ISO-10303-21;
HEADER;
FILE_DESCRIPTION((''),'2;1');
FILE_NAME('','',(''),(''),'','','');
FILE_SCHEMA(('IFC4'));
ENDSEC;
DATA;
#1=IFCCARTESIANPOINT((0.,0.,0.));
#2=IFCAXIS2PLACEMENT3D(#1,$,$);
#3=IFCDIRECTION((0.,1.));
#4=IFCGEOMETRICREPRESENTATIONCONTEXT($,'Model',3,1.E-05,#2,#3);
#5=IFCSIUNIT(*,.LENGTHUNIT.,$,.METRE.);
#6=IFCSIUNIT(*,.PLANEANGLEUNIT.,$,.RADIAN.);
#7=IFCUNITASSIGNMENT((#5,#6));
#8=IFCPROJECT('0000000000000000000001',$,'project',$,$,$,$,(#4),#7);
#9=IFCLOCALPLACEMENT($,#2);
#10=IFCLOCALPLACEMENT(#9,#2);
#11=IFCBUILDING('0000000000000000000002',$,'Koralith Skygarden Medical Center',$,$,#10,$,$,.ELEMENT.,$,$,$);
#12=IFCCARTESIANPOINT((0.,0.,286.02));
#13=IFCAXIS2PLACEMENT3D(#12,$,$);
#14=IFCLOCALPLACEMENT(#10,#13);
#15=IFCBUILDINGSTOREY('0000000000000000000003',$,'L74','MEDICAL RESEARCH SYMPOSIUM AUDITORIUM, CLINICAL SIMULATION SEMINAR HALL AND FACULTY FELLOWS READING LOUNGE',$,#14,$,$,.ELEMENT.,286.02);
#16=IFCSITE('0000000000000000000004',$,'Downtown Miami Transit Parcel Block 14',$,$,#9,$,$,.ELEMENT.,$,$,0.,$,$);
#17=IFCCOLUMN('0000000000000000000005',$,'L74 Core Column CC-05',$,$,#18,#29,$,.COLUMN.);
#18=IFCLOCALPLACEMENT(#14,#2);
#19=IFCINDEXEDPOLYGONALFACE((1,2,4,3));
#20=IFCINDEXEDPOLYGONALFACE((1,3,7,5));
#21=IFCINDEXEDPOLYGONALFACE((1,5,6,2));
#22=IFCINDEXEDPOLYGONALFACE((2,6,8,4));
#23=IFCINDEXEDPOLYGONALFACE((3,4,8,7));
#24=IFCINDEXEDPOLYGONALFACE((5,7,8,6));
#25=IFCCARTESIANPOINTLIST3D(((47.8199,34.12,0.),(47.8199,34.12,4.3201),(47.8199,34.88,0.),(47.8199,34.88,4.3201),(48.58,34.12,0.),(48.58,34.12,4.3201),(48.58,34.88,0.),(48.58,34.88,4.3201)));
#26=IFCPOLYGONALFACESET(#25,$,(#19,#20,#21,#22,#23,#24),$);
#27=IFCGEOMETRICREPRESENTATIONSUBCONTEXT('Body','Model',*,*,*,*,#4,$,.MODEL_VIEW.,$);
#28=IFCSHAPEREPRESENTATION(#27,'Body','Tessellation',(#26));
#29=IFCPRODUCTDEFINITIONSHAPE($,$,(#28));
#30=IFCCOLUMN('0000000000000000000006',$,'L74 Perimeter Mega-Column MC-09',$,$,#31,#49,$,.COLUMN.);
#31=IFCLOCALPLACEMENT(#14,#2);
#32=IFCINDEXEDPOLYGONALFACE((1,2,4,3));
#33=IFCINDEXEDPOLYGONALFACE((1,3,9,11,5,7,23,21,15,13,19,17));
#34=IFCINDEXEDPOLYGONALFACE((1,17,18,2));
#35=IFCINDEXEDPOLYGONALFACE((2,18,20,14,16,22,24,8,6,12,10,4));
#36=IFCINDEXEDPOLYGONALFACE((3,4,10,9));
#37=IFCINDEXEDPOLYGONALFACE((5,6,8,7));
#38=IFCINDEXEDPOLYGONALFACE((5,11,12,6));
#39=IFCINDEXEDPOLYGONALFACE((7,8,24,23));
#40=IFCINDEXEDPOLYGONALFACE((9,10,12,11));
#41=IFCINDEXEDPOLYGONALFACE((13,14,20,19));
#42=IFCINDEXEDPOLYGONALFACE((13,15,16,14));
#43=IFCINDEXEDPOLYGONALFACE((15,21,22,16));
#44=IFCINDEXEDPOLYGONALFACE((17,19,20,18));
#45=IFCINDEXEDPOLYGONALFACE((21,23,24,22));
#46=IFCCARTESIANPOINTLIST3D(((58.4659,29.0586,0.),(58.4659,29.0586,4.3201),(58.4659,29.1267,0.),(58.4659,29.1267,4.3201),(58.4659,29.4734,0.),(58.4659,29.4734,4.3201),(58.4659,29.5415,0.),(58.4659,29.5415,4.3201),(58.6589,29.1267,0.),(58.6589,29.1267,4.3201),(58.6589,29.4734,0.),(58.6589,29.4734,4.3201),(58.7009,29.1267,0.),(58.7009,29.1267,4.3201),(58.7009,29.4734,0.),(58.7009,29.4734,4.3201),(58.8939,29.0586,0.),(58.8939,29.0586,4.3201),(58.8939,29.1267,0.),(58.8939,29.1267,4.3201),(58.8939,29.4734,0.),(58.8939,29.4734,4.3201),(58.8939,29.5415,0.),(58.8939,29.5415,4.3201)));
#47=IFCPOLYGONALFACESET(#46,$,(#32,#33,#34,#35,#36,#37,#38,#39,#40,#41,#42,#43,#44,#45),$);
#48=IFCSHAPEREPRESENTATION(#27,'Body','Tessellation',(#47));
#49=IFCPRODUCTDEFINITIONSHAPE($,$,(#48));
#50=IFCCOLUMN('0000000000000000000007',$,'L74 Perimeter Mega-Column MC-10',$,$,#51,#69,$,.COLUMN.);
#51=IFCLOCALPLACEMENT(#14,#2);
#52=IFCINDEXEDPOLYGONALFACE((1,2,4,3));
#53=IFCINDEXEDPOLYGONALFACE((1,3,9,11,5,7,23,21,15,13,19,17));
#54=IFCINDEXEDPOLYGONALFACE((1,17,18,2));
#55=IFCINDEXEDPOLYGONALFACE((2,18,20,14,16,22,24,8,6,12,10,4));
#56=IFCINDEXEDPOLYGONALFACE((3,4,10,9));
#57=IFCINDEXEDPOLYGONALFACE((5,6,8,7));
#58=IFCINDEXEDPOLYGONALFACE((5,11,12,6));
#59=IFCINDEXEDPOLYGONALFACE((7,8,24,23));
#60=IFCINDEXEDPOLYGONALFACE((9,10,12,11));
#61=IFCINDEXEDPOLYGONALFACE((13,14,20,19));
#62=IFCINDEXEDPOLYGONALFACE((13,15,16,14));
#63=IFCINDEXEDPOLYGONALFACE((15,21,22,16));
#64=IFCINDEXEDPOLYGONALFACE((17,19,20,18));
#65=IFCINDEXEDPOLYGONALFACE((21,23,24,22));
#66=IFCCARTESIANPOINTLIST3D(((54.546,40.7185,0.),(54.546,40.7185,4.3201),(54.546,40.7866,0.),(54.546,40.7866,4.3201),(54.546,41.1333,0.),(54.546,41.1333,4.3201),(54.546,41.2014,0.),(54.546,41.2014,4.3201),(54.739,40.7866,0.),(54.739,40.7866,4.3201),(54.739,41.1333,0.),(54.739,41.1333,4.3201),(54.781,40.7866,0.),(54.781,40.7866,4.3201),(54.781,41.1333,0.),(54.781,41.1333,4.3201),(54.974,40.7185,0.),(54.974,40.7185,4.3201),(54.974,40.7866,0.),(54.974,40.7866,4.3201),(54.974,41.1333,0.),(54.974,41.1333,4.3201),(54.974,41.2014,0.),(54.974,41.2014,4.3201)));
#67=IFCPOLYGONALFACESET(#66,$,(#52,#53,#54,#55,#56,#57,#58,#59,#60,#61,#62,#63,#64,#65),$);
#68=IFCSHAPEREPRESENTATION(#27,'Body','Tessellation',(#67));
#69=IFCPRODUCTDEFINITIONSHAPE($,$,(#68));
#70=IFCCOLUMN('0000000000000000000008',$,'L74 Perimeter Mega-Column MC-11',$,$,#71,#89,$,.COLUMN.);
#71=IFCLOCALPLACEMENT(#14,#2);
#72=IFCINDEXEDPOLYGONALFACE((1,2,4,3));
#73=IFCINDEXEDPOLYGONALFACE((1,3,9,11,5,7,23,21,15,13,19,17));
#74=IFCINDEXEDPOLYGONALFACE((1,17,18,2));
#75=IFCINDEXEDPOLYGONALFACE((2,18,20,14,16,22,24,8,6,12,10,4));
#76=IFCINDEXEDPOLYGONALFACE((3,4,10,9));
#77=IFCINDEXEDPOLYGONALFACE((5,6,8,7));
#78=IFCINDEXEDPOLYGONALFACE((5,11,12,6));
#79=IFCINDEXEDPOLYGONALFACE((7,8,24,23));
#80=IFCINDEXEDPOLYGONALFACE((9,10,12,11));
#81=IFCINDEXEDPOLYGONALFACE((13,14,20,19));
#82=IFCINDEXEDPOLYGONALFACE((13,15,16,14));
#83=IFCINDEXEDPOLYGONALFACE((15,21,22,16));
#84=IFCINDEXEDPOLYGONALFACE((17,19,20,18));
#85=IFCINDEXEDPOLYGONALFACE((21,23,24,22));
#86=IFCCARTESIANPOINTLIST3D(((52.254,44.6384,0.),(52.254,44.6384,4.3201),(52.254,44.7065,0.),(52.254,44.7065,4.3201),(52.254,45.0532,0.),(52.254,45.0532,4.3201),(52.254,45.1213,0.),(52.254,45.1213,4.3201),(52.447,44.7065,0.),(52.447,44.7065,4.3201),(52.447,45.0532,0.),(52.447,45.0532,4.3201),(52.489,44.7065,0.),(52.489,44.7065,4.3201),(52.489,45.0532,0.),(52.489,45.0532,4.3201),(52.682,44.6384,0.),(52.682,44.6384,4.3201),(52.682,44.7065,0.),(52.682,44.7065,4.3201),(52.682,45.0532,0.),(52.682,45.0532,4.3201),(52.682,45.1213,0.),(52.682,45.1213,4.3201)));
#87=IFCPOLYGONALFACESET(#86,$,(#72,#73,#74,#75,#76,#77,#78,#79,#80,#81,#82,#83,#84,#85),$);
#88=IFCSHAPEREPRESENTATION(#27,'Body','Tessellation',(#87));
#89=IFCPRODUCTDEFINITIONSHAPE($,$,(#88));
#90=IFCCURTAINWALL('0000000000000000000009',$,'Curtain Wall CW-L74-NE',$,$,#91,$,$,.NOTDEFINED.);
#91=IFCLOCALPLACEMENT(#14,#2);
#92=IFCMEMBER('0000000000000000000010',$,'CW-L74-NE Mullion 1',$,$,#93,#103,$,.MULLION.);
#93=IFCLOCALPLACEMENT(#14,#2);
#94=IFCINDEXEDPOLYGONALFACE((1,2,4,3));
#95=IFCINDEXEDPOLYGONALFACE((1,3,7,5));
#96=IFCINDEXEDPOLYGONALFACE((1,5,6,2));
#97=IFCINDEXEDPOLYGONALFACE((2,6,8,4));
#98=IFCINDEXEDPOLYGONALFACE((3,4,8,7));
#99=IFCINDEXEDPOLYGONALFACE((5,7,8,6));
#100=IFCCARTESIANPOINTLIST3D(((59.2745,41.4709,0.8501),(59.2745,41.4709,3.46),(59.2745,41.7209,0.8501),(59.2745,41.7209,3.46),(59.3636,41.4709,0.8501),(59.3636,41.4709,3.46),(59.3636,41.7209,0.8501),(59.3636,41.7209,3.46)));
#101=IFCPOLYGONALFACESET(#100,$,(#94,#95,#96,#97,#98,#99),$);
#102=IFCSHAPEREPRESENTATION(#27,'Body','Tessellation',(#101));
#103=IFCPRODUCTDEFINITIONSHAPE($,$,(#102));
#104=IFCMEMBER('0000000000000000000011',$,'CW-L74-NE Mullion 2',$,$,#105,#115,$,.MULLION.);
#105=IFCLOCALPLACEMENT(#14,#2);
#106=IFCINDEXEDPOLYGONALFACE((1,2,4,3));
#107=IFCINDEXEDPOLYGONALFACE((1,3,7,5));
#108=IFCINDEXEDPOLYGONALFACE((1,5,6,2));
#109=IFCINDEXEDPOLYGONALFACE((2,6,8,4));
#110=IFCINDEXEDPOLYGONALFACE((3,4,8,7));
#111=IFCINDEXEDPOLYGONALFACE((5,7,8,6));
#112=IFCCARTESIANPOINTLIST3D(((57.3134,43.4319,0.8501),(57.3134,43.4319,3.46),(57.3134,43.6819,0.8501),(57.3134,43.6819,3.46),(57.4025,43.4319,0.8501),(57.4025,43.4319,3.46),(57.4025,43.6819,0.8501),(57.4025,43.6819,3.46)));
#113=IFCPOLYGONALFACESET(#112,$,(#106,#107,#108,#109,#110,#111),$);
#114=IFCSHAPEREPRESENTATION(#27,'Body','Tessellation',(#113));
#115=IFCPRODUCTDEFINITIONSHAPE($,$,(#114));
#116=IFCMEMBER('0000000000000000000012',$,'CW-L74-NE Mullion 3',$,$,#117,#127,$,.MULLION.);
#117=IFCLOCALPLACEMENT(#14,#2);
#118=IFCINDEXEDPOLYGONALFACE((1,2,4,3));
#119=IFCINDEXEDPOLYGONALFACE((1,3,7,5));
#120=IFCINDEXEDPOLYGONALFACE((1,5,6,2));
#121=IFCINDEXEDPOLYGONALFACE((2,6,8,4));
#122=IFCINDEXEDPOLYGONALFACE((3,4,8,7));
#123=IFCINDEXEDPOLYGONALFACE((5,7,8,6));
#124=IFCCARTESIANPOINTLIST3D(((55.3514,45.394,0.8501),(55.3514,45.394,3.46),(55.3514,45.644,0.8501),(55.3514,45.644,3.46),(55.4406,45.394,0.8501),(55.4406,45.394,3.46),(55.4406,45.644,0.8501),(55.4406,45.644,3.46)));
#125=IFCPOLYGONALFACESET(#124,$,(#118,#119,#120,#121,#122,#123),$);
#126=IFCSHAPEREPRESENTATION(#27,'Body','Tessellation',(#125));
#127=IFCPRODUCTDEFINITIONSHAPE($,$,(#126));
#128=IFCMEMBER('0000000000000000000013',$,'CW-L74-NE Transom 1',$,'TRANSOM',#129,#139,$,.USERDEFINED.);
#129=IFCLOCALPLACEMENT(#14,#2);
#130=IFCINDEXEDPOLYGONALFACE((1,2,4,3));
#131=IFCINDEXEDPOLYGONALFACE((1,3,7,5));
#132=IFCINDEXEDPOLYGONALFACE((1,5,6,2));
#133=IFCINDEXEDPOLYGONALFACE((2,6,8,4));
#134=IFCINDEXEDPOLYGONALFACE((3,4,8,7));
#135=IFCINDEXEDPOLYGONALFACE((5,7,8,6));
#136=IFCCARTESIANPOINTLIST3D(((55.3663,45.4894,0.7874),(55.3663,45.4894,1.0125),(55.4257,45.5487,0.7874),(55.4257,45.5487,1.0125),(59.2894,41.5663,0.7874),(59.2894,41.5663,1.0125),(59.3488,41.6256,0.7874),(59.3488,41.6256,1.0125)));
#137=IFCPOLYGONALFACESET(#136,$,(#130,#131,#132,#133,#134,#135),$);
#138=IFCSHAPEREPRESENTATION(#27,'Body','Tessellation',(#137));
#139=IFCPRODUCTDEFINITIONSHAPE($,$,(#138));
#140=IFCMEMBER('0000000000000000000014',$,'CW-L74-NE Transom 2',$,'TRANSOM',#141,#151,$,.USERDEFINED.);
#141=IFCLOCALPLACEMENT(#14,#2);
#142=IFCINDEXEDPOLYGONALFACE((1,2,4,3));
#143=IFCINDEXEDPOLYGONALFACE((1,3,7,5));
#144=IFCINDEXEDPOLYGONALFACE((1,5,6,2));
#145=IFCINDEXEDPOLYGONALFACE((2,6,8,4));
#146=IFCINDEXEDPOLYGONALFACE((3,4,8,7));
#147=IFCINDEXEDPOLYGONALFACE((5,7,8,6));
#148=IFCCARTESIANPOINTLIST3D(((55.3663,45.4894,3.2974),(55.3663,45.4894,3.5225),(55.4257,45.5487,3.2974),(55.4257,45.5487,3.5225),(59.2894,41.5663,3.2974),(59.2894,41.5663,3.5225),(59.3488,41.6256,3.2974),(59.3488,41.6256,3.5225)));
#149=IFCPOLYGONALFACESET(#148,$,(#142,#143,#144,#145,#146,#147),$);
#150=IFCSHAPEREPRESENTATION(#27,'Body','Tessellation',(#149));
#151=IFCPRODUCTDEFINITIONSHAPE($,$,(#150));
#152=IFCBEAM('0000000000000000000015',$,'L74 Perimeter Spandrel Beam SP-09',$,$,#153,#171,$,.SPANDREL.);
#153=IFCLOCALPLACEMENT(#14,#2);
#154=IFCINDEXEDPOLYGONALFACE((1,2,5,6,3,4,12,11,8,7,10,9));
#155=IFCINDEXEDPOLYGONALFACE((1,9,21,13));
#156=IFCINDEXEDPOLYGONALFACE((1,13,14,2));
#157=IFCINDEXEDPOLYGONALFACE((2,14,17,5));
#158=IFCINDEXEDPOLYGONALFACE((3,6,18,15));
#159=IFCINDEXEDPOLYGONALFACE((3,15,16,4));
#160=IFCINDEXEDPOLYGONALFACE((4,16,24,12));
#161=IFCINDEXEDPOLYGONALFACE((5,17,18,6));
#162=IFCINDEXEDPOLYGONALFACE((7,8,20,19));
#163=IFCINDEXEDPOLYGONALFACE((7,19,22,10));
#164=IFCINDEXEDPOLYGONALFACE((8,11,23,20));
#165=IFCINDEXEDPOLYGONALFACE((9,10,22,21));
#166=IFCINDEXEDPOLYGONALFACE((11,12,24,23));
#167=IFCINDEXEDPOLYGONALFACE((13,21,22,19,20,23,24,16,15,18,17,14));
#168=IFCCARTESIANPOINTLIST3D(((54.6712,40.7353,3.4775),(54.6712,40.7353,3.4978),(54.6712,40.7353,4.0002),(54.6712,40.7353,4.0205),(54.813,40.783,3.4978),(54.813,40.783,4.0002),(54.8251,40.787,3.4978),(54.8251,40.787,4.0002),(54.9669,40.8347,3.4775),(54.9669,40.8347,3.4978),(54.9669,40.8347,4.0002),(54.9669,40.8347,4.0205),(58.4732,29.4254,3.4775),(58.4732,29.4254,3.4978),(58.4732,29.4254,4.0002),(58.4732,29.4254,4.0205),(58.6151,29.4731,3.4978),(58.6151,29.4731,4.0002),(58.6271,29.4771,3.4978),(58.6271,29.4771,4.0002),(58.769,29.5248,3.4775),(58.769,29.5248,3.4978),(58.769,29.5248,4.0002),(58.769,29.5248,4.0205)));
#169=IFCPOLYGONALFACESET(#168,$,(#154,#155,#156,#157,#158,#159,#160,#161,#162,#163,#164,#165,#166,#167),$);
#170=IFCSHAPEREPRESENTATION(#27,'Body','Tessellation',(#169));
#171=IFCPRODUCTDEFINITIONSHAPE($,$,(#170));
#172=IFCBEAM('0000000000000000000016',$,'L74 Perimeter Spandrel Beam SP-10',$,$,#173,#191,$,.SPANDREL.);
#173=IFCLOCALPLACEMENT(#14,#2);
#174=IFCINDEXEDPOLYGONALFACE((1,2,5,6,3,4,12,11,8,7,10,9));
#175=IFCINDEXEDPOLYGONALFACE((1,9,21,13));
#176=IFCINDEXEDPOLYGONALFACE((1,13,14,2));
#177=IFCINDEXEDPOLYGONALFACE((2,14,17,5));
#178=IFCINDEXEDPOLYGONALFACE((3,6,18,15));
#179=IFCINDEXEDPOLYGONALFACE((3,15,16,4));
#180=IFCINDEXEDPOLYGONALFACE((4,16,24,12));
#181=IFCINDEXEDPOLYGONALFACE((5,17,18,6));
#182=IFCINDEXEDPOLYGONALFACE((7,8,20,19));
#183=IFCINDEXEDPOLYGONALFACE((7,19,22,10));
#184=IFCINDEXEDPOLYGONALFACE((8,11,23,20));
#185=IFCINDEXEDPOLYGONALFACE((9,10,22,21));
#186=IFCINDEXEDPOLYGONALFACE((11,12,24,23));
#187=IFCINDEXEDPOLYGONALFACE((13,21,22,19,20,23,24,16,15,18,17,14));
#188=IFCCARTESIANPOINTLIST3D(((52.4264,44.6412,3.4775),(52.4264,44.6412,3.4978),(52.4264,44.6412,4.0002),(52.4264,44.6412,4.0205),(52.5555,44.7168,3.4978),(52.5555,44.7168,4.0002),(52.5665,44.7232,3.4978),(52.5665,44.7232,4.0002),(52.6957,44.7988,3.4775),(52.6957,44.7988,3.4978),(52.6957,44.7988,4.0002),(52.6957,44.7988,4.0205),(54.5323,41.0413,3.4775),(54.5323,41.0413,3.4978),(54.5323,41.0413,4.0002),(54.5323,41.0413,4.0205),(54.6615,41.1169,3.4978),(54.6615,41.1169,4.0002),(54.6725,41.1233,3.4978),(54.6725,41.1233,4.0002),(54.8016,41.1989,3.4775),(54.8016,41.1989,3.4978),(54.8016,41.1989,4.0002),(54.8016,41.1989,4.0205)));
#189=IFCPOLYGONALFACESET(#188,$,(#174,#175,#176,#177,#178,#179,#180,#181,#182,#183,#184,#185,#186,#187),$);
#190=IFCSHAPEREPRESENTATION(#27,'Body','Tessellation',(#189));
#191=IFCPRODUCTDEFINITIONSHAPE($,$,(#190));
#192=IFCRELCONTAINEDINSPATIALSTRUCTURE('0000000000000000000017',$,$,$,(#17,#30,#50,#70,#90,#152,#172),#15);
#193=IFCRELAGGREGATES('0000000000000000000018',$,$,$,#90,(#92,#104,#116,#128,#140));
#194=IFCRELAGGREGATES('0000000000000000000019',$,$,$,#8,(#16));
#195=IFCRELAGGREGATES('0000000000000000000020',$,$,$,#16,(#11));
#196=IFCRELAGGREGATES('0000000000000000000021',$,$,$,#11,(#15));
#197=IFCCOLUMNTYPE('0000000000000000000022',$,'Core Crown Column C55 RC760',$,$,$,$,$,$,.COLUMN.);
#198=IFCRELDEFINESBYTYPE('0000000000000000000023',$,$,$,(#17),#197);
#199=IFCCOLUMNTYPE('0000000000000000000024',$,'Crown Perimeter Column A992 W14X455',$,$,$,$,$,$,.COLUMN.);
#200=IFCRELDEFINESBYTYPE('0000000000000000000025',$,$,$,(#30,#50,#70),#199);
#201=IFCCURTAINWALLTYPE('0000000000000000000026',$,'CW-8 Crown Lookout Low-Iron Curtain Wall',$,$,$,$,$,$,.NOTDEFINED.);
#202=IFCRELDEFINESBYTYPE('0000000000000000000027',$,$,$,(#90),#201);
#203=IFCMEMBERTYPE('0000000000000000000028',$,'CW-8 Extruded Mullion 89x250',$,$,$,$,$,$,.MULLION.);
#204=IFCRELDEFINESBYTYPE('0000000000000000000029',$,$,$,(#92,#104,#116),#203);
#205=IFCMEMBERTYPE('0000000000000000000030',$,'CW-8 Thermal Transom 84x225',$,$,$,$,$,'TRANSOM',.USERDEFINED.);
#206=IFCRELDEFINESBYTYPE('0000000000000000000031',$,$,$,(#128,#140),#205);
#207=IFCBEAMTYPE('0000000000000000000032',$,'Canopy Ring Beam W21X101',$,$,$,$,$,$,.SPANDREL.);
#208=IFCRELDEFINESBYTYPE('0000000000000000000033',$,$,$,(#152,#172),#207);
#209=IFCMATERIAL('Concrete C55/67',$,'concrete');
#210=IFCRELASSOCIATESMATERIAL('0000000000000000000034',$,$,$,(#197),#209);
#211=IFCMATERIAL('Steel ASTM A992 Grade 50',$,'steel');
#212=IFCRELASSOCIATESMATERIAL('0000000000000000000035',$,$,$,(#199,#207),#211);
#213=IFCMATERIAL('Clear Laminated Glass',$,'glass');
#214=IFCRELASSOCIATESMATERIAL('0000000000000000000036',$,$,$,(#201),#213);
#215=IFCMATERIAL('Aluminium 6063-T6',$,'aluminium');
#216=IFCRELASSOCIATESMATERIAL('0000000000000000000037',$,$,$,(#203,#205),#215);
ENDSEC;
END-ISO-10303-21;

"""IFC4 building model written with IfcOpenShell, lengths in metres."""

from ifc_helpers import new_model, si_unit, direction, frame, origin, origin_2d, place, context, subcontext, project, spatial, rectangle, i_section, extrude, material, material_profile, profile_set, type_object, element, aggregate, save


model = new_model("IFC4")

# Units and contexts
model_context = context("Model", 3, precision=1e-05, world=origin(), true_north=direction((0.0, 1.0)))
body_context = subcontext(model_context, "Body", "Model", "MODEL_VIEW")
ifc_project = project(units=[si_unit("LENGTHUNIT", "METRE"), si_unit("PLANEANGLEUNIT", "RADIAN")], contexts=[model_context])

# Site, building, storey
site_placement = place(None, origin())
site = spatial("IfcSite", under=ifc_project, at=site_placement, Name="Downtown Miami Transit Parcel Block 14", CompositionType="ELEMENT", RefElevation=0.0)
building_placement = place(site_placement, origin())
building = spatial("IfcBuilding", under=site, at=building_placement, Name="Koralith Skygarden Medical Center", CompositionType="ELEMENT")
storey_placement = place(building_placement, frame((0.0, 0.0, 286.02)))
storey = spatial("IfcBuildingStorey", under=building, at=storey_placement, Name="L74", Description="MEDICAL RESEARCH SYMPOSIUM AUDITORIUM, CLINICAL SIMULATION SEMINAR HALL AND FACULTY FELLOWS READING LOUNGE", CompositionType="ELEMENT", Elevation=286.02)

# Columns
ifc_material_1 = material(Name="Concrete C55/67", Category="concrete")
ifc_material_profile_1 = material_profile(ifc_material_1, rectangle(XDim=0.76, YDim=0.76, at=origin_2d()), Name="RC760X760")
ifc_profile_set_1 = profile_set([ifc_material_profile_1], Name="Concrete C55/67")
column_type_1 = type_object("IfcColumnType", Name="Core Crown Column C55 RC760", PredefinedType="COLUMN", material=ifc_profile_set_1)
column_placement = place(storey_placement, frame((48.2, 34.5, 0.0), z_axis=(0.0, 0.0, 1.0), x_axis=(1.0, 0.0, 0.0)))
element("IfcColumn", 1, at=column_placement, inside=storey, type_object=column_type_1, Name="L74 Core Column CC-05", PredefinedType="COLUMN", context=body_context, shape_type="SweptSolid", body=[
    extrude(rectangle(XDim=0.76, YDim=0.76, at=origin_2d()), origin(), (0.0, 0.0, 1.0), 4.3201),
])
ifc_material_2 = material(Name="Steel ASTM A992 Grade 50", Category="steel")
ifc_material_profile_2 = material_profile(ifc_material_2, i_section(OverallWidth=0.428, OverallDepth=0.4829, WebThickness=0.042, FlangeThickness=0.0681, at=origin_2d()), Name="W14X455")
ifc_profile_set_2 = profile_set([ifc_material_profile_2], Name="Steel ASTM A992 Grade 50")
column_type_2 = type_object("IfcColumnType", Name="Crown Perimeter Column A992 W14X455", PredefinedType="COLUMN", material=ifc_profile_set_2)
for number, where, z_axis, x_axis, name in (
    (2, (58.6799, 29.3, 0.0), (0.0, 0.0, 1.0), (1.0, 0.0, 0.0), "L74 Perimeter Mega-Column MC-09"),
    (3, (54.76, 40.96, 0.0), (0.0, 0.0, 1.0), (1.0, 0.0, 0.0), "L74 Perimeter Mega-Column MC-10"),
    (4, (52.468, 44.8799, 0.0), (0.0, 0.0, 1.0), (1.0, 0.0, 0.0), "L74 Perimeter Mega-Column MC-11"),
):
    element("IfcColumn", number, at=place(storey_placement, frame(where, z_axis=z_axis, x_axis=x_axis)), inside=storey, type_object=column_type_2, Name=name, PredefinedType="COLUMN", context=body_context, shape_type="SweptSolid", body=[
        extrude(i_section(OverallWidth=0.428, OverallDepth=0.4829, WebThickness=0.042, FlangeThickness=0.0681, at=origin_2d()), origin(), (0.0, 0.0, 1.0), 4.3201),
    ])

# Curtain wall, members
ifc_material_3 = material(Name="Clear Laminated Glass", Category="glass")
curtain_wall_type = type_object("IfcCurtainWallType", Name="CW-8 Crown Lookout Low-Iron Curtain Wall", PredefinedType="NOTDEFINED", material=ifc_material_3)
curtain_wall_placement = place(storey_placement, origin())
curtain_wall = element("IfcCurtainWall", 5, at=curtain_wall_placement, inside=storey, type_object=curtain_wall_type, Name="Curtain Wall CW-L74-NE", PredefinedType="NOTDEFINED")
ifc_material_4 = material(Name="Aluminium 6063-T6", Category="aluminium")
ifc_material_profile_3 = material_profile(ifc_material_4, rectangle(XDim=0.0891, YDim=0.25, at=origin_2d()), Name="MUL89X250")
ifc_profile_set_3 = profile_set([ifc_material_profile_3], Name="Aluminium 6063-T6")
member_type_1 = type_object("IfcMemberType", Name="CW-8 Extruded Mullion 89x250", PredefinedType="MULLION", material=ifc_profile_set_3)
member_1_placement = place(storey_placement, frame((59.3191, 41.5959, 0.8501), z_axis=(0.0, 0.0, 1.0), x_axis=(1.0, 0.0, 0.0)))
member_1 = element("IfcMember", 6, at=member_1_placement, type_object=member_type_1, Name="CW-L74-NE Mullion 1", PredefinedType="MULLION", context=body_context, shape_type="SweptSolid", body=[
    extrude(rectangle(XDim=0.0891, YDim=0.25, at=origin_2d()), origin(), (0.0, 0.0, 1.0), 2.6099),
])
member_2_placement = place(storey_placement, frame((57.3579, 43.5569, 0.8501), z_axis=(0.0, 0.0, 1.0), x_axis=(1.0, 0.0, 0.0)))
member_2 = element("IfcMember", 7, at=member_2_placement, type_object=member_type_1, Name="CW-L74-NE Mullion 2", PredefinedType="MULLION", context=body_context, shape_type="SweptSolid", body=[
    extrude(rectangle(XDim=0.0891, YDim=0.25, at=origin_2d()), origin(), (0.0, 0.0, 1.0), 2.6099),
])
member_3_placement = place(storey_placement, frame((55.396, 45.519, 0.8501), z_axis=(0.0, 0.0, 1.0), x_axis=(1.0, 0.0, 0.0)))
member_3 = element("IfcMember", 8, at=member_3_placement, type_object=member_type_1, Name="CW-L74-NE Mullion 3", PredefinedType="MULLION", context=body_context, shape_type="SweptSolid", body=[
    extrude(rectangle(XDim=0.0891, YDim=0.25, at=origin_2d()), origin(), (0.0, 0.0, 1.0), 2.6099),
])
ifc_material_profile_4 = material_profile(ifc_material_4, rectangle(XDim=0.084, YDim=0.2251, at=origin_2d()), Name="TRN84X225")
ifc_profile_set_4 = profile_set([ifc_material_profile_4], Name="Aluminium 6063-T6")
member_type_2 = type_object("IfcMemberType", Name="CW-8 Thermal Transom 84x225", ElementType="TRANSOM", PredefinedType="USERDEFINED", material=ifc_profile_set_4)
member_4_placement = place(storey_placement, frame((59.3191, 41.5959, 0.8999), z_axis=(-0.707107, 0.707107, 0.0), x_axis=(-0.707107, -0.707107, 0.0)))
member_4 = element("IfcMember", 9, at=member_4_placement, type_object=member_type_2, Name="CW-L74-NE Transom 1", ObjectType="TRANSOM", PredefinedType="USERDEFINED", context=body_context, shape_type="SweptSolid", body=[
    extrude(rectangle(XDim=0.084, YDim=0.2251, at=origin_2d()), origin(), (0.0, 0.0, 1.0), 5.5481),
])
member_5_placement = place(storey_placement, frame((59.3191, 41.5959, 3.4099), z_axis=(-0.707107, 0.707107, 0.0), x_axis=(-0.707107, -0.707107, 0.0)))
member_5 = element("IfcMember", 10, at=member_5_placement, type_object=member_type_2, Name="CW-L74-NE Transom 2", ObjectType="TRANSOM", PredefinedType="USERDEFINED", context=body_context, shape_type="SweptSolid", body=[
    extrude(rectangle(XDim=0.084, YDim=0.2251, at=origin_2d()), origin(), (0.0, 0.0, 1.0), 5.5481),
])

# Beams
ifc_material_profile_5 = material_profile(ifc_material_2, i_section(OverallWidth=0.312, OverallDepth=0.543, WebThickness=0.0127, FlangeThickness=0.0203, at=origin_2d()), Name="W21X101")
ifc_profile_set_5 = profile_set([ifc_material_profile_5], Name="Steel ASTM A992 Grade 50")
beam_type_1 = type_object("IfcBeamType", Name="Canopy Ring Beam W21X101", PredefinedType="SPANDREL", material=ifc_profile_set_5)
beam_1_placement = place(storey_placement, frame((58.6211, 29.4751, 3.749), z_axis=(-0.318645, 0.947874, 0.0), x_axis=(-0.947874, -0.318645, 0.0)))
element("IfcBeam", 11, at=beam_1_placement, inside=storey, type_object=beam_type_1, Name="L74 Perimeter Spandrel Beam SP-09", PredefinedType="SPANDREL", context=body_context, shape_type="SweptSolid", body=[
    extrude(i_section(OverallWidth=0.312, OverallDepth=0.543, WebThickness=0.0127, FlangeThickness=0.0203, at=origin_2d()), origin(), (0.0, 0.0, 1.0), 11.9319),
])
beam_2_placement = place(storey_placement, frame((54.667, 41.1201, 3.749), z_axis=(-0.504952, 0.863148, 0.0), x_axis=(-0.863148, -0.504952, 0.0)))
element("IfcBeam", 12, at=beam_2_placement, inside=storey, type_object=beam_type_1, Name="L74 Perimeter Spandrel Beam SP-10", PredefinedType="SPANDREL", context=body_context, shape_type="SweptSolid", body=[
    extrude(i_section(OverallWidth=0.312, OverallDepth=0.543, WebThickness=0.0127, FlangeThickness=0.0203, at=origin_2d()), origin(), (0.0, 0.0, 1.0), 4.1707),
])

aggregate(curtain_wall, [member_1, member_2, member_3, member_4, member_5])

save(model, "model.ifc")
